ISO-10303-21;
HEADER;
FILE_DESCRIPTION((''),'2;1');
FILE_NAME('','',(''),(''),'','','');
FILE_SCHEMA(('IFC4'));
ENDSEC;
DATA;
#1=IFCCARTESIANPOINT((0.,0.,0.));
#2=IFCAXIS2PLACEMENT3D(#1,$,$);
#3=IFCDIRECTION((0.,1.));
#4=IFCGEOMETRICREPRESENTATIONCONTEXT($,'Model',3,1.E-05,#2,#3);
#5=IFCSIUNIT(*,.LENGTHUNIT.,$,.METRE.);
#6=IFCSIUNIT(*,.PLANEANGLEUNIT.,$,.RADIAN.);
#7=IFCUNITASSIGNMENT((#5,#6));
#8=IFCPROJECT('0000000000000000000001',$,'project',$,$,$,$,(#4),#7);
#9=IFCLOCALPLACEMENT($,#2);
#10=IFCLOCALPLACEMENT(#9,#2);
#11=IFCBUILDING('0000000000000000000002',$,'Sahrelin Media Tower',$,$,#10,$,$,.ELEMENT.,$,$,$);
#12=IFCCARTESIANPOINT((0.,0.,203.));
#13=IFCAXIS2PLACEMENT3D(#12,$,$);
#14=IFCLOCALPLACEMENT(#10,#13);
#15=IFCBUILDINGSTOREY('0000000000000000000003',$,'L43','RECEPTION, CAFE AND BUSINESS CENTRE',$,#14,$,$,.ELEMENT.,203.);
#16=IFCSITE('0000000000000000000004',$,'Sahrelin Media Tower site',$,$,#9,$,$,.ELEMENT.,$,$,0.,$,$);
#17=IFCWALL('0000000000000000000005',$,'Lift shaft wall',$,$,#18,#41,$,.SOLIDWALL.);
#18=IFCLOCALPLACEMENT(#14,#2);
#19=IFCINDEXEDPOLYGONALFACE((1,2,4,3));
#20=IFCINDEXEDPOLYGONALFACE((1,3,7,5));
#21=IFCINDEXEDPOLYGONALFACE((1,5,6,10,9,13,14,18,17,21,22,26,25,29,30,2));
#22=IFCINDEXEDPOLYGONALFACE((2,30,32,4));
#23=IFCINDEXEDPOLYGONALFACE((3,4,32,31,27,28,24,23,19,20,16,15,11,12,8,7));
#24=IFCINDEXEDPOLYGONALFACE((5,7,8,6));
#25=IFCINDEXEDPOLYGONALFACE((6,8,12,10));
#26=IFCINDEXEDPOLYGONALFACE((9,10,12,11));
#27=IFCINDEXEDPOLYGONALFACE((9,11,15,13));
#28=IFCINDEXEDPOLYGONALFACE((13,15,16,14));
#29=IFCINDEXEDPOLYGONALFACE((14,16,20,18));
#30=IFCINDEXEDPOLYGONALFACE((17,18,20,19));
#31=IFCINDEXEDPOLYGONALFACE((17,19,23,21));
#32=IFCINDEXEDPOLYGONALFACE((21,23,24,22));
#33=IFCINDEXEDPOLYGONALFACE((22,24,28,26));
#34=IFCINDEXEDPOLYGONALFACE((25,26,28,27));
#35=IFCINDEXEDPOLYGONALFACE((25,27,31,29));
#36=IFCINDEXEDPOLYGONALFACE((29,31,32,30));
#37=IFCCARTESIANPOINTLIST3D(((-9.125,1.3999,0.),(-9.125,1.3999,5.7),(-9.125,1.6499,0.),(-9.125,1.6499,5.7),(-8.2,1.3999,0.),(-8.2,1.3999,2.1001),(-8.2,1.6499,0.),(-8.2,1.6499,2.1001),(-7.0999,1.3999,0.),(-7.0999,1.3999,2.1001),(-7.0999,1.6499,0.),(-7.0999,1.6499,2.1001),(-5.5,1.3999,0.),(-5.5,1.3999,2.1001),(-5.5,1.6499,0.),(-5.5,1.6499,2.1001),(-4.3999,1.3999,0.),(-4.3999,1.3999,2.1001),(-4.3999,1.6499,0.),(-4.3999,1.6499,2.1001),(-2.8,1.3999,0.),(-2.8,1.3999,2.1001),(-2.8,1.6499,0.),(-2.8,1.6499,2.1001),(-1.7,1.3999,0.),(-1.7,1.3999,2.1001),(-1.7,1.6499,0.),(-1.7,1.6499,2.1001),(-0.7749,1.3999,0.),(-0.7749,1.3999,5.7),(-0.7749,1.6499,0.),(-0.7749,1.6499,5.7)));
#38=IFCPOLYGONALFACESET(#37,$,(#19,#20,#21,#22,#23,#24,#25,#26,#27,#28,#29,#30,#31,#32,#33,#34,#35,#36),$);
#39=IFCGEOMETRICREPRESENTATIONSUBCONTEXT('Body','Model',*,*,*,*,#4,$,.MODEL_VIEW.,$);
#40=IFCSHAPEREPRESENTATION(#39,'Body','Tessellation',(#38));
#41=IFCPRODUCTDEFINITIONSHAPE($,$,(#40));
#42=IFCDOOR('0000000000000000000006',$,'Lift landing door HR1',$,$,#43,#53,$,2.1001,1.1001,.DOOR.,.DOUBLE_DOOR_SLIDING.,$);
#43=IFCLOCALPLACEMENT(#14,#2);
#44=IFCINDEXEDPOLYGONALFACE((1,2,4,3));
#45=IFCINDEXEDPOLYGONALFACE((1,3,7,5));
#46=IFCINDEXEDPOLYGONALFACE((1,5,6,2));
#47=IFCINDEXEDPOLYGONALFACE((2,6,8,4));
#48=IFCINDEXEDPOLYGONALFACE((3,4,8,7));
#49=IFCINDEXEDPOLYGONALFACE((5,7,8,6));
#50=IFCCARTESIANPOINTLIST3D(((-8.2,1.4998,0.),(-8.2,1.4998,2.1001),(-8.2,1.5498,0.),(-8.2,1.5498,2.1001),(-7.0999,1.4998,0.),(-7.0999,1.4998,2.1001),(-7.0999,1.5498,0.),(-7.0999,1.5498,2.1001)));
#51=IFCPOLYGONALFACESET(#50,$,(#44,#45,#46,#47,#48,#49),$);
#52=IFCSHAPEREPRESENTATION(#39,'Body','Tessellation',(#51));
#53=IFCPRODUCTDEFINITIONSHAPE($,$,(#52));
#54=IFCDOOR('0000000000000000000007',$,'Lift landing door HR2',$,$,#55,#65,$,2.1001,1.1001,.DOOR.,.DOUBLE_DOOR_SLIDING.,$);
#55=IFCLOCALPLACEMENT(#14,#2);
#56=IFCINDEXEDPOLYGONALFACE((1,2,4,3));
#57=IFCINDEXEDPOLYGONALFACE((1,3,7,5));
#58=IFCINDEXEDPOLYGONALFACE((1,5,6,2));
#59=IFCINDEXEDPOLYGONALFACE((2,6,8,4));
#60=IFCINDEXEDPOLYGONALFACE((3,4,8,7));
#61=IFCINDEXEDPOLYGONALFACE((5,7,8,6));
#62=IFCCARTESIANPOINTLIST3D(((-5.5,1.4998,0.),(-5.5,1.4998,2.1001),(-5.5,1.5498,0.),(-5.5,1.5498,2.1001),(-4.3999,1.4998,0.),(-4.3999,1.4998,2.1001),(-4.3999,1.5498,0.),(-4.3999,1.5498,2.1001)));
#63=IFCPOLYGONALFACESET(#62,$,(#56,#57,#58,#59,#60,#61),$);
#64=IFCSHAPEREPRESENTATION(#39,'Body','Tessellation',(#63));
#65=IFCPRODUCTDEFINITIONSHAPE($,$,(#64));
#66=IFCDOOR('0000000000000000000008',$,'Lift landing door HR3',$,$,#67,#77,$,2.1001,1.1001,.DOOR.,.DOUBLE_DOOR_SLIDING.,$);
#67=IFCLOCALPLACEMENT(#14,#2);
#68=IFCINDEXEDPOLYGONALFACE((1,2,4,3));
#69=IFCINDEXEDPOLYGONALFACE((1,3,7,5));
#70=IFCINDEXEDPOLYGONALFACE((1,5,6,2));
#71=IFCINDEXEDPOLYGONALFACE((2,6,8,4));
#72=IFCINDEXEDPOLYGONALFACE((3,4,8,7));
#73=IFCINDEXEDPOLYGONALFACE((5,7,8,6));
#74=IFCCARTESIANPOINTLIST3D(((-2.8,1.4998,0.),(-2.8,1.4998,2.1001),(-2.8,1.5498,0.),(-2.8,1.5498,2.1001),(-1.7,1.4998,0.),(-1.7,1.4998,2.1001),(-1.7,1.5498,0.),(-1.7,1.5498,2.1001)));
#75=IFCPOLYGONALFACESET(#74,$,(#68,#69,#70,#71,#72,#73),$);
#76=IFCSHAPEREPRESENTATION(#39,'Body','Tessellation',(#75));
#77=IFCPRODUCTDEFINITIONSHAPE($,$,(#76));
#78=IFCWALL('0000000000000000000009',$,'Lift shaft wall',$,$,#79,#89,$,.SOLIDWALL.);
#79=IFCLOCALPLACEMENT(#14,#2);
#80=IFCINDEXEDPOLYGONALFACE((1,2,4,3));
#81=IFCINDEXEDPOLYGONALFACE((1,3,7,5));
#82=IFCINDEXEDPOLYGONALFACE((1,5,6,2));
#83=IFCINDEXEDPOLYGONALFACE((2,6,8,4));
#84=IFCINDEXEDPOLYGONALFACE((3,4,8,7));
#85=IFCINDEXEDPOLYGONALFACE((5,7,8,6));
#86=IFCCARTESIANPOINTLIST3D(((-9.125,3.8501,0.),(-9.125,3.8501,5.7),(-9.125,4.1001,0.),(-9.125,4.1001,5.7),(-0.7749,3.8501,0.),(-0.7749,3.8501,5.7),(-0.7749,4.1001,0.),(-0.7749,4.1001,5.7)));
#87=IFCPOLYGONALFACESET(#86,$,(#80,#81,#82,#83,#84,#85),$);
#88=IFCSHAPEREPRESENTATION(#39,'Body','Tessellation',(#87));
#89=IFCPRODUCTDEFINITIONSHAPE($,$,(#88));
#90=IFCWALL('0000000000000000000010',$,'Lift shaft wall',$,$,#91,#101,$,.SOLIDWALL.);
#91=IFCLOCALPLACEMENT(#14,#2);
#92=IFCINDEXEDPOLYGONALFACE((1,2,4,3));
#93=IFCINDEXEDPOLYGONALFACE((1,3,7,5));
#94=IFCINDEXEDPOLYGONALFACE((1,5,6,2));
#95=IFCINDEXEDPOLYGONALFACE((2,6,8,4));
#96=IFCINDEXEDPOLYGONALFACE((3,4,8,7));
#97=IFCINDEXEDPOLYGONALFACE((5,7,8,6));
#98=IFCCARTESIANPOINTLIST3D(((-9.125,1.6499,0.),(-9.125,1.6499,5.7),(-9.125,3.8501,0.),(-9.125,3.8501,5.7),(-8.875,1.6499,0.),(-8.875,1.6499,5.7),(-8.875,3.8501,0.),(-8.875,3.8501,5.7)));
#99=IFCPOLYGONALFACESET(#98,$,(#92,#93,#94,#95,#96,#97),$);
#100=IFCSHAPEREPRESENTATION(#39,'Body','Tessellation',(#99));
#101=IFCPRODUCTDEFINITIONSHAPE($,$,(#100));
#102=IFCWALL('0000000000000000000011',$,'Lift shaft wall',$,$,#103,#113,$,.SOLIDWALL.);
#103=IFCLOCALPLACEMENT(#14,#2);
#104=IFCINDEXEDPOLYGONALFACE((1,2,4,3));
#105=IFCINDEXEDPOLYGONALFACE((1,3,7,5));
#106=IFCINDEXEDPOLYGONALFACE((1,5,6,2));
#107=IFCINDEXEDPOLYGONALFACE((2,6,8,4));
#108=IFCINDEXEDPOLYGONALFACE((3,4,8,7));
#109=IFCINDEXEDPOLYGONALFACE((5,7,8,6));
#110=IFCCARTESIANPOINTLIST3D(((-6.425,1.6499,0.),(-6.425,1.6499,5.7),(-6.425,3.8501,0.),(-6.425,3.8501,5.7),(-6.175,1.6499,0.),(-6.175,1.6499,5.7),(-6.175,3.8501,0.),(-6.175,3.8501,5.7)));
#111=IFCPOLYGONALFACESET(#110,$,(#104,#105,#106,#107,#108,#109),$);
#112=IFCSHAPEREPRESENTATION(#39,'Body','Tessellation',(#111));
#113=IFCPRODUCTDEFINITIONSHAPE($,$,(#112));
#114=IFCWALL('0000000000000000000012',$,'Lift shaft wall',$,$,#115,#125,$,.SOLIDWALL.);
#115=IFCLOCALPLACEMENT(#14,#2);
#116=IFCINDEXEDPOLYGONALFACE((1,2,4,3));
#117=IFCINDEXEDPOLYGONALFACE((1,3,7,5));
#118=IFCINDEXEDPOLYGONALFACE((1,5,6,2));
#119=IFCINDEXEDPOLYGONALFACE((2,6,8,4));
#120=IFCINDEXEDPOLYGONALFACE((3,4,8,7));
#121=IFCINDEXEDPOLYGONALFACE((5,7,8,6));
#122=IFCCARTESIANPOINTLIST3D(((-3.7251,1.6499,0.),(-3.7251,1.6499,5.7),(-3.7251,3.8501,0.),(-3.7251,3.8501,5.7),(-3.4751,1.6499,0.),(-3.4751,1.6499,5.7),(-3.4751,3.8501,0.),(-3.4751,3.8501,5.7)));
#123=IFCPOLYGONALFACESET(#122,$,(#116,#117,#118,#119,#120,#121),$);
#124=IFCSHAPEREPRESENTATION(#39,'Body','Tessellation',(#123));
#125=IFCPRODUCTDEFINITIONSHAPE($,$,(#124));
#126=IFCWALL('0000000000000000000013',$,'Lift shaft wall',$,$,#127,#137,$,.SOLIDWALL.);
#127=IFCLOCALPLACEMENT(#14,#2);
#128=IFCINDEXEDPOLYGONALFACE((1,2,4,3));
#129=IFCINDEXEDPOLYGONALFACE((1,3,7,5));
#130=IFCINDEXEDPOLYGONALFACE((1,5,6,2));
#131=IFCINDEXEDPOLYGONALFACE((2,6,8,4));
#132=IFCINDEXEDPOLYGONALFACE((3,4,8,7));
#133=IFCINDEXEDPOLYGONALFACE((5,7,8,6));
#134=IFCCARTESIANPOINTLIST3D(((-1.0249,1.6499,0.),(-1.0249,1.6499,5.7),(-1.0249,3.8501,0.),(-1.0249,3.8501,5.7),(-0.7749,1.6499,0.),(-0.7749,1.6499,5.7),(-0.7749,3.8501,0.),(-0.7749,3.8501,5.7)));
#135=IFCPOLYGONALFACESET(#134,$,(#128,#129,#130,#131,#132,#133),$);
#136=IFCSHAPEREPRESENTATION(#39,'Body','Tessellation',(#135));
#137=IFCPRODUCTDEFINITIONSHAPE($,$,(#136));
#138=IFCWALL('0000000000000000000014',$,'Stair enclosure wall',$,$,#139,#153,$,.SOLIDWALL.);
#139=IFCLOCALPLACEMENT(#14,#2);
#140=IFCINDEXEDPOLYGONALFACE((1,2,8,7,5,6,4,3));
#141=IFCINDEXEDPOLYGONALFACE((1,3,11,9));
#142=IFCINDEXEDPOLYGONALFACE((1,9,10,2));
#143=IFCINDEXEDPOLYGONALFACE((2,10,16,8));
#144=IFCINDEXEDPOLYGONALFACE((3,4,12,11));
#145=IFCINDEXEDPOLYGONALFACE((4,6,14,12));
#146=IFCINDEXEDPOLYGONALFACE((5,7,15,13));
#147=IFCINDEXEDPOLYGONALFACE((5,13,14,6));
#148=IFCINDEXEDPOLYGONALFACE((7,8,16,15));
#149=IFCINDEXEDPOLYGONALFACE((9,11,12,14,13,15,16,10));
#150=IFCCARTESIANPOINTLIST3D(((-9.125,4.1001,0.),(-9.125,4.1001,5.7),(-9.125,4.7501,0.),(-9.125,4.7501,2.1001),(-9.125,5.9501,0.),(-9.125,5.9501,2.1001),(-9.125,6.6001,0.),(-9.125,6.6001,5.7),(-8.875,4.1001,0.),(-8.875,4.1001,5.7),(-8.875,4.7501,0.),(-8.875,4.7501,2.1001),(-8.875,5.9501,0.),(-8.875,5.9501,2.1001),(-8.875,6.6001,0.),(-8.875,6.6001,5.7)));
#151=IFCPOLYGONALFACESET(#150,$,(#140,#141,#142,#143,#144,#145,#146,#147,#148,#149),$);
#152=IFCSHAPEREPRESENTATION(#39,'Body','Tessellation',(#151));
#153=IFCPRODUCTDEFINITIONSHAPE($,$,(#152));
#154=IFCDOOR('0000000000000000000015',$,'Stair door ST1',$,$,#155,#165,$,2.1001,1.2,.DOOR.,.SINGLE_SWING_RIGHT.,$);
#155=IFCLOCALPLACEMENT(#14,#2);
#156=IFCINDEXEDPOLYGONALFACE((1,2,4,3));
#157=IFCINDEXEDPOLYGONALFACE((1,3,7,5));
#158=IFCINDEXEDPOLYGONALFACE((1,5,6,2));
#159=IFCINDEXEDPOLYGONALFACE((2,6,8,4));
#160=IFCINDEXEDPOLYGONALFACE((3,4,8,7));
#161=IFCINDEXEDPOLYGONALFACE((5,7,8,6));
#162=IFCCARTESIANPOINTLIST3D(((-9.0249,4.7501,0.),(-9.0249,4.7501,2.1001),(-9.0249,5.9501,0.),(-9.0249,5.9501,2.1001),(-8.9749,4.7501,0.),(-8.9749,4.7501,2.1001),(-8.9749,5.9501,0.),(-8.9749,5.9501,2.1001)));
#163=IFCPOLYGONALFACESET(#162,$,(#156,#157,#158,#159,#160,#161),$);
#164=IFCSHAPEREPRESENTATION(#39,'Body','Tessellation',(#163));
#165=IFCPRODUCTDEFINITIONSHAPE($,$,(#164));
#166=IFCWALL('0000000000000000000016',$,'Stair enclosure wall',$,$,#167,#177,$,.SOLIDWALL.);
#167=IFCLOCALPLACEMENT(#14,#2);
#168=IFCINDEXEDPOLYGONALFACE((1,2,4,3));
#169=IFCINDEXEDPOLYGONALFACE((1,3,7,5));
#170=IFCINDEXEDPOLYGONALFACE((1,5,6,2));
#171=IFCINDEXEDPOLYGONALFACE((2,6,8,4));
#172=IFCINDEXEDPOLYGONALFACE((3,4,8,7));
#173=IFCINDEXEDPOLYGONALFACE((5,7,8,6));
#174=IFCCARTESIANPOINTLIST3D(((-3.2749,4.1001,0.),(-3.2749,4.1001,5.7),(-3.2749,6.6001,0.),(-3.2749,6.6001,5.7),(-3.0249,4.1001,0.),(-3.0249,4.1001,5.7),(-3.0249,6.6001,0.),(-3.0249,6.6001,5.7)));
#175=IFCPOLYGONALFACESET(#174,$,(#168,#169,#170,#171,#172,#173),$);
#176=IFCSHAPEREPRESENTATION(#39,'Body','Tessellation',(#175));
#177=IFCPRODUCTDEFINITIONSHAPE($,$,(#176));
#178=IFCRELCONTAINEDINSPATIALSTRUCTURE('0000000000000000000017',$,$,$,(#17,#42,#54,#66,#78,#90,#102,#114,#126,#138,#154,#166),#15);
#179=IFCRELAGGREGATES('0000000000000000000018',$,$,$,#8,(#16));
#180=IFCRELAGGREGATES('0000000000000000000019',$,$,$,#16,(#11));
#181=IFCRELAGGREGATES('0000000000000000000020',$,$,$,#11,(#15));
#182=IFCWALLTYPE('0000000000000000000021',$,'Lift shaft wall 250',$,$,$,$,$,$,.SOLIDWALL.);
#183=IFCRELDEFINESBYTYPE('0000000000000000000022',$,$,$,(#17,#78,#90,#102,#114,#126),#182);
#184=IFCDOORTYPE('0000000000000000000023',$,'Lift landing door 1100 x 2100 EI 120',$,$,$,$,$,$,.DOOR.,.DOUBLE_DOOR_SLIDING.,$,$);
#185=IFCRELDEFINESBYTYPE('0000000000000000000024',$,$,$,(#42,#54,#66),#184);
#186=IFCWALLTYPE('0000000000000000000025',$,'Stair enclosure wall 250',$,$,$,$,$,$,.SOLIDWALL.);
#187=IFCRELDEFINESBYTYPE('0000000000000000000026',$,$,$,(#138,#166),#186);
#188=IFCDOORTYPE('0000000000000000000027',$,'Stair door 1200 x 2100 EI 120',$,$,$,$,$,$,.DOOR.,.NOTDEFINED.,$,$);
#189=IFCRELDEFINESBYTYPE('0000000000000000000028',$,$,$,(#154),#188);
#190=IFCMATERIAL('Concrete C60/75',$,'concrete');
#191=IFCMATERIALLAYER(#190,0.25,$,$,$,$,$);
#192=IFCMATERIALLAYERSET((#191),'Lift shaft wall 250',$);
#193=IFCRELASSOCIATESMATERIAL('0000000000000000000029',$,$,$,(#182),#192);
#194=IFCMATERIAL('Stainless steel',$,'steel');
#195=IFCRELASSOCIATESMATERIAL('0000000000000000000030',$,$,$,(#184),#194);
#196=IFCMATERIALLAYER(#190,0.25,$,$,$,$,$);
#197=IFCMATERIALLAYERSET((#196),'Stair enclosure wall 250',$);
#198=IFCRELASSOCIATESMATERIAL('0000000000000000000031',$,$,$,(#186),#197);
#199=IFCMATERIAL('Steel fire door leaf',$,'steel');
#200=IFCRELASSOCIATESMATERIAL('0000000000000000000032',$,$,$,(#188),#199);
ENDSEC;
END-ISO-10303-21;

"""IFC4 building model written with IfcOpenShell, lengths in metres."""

from ifc_helpers import new_model, si_unit, direction, frame, frame_2d, origin, place, context, subcontext, project, spatial, rectangle, extrude, material, layer, layer_set, type_object, element, fill, save


model = new_model("IFC4")

# Units and contexts
model_context = context("Model", 3, precision=1e-05, world=origin(), true_north=direction((0.0, 1.0)))
body_context = subcontext(model_context, "Body", "Model", "MODEL_VIEW")
ifc_project = project(units=[si_unit("LENGTHUNIT", "METRE"), si_unit("PLANEANGLEUNIT", "RADIAN")], contexts=[model_context])

# Site, building, storey
site_placement = place(None, origin())
site = spatial("IfcSite", under=ifc_project, at=site_placement, Name="Sahrelin Media Tower site", CompositionType="ELEMENT", RefElevation=0.0)
building_placement = place(site_placement, origin())
building = spatial("IfcBuilding", under=site, at=building_placement, Name="Sahrelin Media Tower", CompositionType="ELEMENT")
storey_placement = place(building_placement, frame((0.0, 0.0, 203.0)))
storey = spatial("IfcBuildingStorey", under=building, at=storey_placement, Name="L43", Description="RECEPTION, CAFE AND BUSINESS CENTRE", CompositionType="ELEMENT", Elevation=203.0)

# Shared definitions
ifc_material_1 = material(Name="Concrete C60/75", Category="concrete")

# Shared definitions
ifc_material_2 = material(Name="Steel fire door leaf", Category="steel")

# Wall, openings, doors
ifc_layer_1 = layer(ifc_material_1, 0.25)
ifc_layer_set_1 = layer_set([ifc_layer_1], Name="Lift shaft wall 250")
wall_type_1 = type_object("IfcWallType", Name="Lift shaft wall 250", PredefinedType="SOLIDWALL", material=ifc_layer_set_1)
wall_1_placement = place(storey_placement, frame((-9.125, 1.5249, 0.0), z_axis=(0.0, 0.0, 1.0), x_axis=(1.0, 0.0, 0.0)))
wall_1 = element("IfcWall", 1, at=wall_1_placement, inside=storey, type_object=wall_type_1, Name="Lift shaft wall", PredefinedType="SOLIDWALL", context=body_context, shape_type="SweptSolid", body=[
    extrude(rectangle(XDim=8.3501, YDim=0.25, at=frame_2d((4.175, 0.0))), origin(), (0.0, 0.0, 1.0), 5.7),
])
opening_1_placement = place(wall_1_placement, frame((0.925, 0.0, 0.0)))
opening_1 = element("IfcOpeningElement", 2, at=opening_1_placement, cuts=wall_1, PredefinedType="OPENING", context=body_context, shape_type="SweptSolid", body=[
    extrude(rectangle(XDim=1.1001, YDim=2.1001, at=frame_2d((0.55, 1.05))), frame((0.0, 0.125, 0.0), z_axis=(0.0, -1.0, 0.0), x_axis=(1.0, 0.0, 0.0)), (0.0, 0.0, 1.0), 0.25),
])
opening_2_placement = place(wall_1_placement, frame((3.625, 0.0, 0.0)))
opening_2 = element("IfcOpeningElement", 3, at=opening_2_placement, cuts=wall_1, PredefinedType="OPENING", context=body_context, shape_type="SweptSolid", body=[
    extrude(rectangle(XDim=1.1001, YDim=2.1001, at=frame_2d((0.55, 1.05))), frame((0.0, 0.125, 0.0), z_axis=(0.0, -1.0, 0.0), x_axis=(1.0, 0.0, 0.0)), (0.0, 0.0, 1.0), 0.25),
])
opening_3_placement = place(wall_1_placement, frame((6.325, 0.0, 0.0)))
opening_3 = element("IfcOpeningElement", 4, at=opening_3_placement, cuts=wall_1, PredefinedType="OPENING", context=body_context, shape_type="SweptSolid", body=[
    extrude(rectangle(XDim=1.1001, YDim=2.1001, at=frame_2d((0.55, 1.05))), frame((0.0, 0.125, 0.0), z_axis=(0.0, -1.0, 0.0), x_axis=(1.0, 0.0, 0.0)), (0.0, 0.0, 1.0), 0.25),
])
ifc_material_3 = material(Name="Stainless steel", Category="steel")
door_type_1 = type_object("IfcDoorType", Name="Lift landing door 1100 x 2100 EI 120", OperationType="DOUBLE_DOOR_SLIDING", PredefinedType="DOOR", material=ifc_material_3)
door_1_placement = place(opening_1_placement, origin())
door_1 = element("IfcDoor", 5, at=door_1_placement, inside=storey, type_object=door_type_1, Name="Lift landing door HR1", OperationType="DOUBLE_DOOR_SLIDING", OverallHeight=2.1001, OverallWidth=1.1001, PredefinedType="DOOR", context=body_context, shape_type="SweptSolid", body=[
    extrude(rectangle(XDim=1.1001, YDim=2.1001, at=frame_2d((0.55, 1.05))), frame((0.0, 0.0249, 0.0), z_axis=(0.0, -1.0, 0.0), x_axis=(1.0, 0.0, 0.0)), (0.0, 0.0, 1.0), 0.05),
])
fill(opening_1, door_1)
door_2_placement = place(opening_2_placement, origin())
door_2 = element("IfcDoor", 6, at=door_2_placement, inside=storey, type_object=door_type_1, Name="Lift landing door HR2", OperationType="DOUBLE_DOOR_SLIDING", OverallHeight=2.1001, OverallWidth=1.1001, PredefinedType="DOOR", context=body_context, shape_type="SweptSolid", body=[
    extrude(rectangle(XDim=1.1001, YDim=2.1001, at=frame_2d((0.55, 1.05))), frame((0.0, 0.0249, 0.0), z_axis=(0.0, -1.0, 0.0), x_axis=(1.0, 0.0, 0.0)), (0.0, 0.0, 1.0), 0.05),
])
fill(opening_2, door_2)
door_3_placement = place(opening_3_placement, origin())
door_3 = element("IfcDoor", 7, at=door_3_placement, inside=storey, type_object=door_type_1, Name="Lift landing door HR3", OperationType="DOUBLE_DOOR_SLIDING", OverallHeight=2.1001, OverallWidth=1.1001, PredefinedType="DOOR", context=body_context, shape_type="SweptSolid", body=[
    extrude(rectangle(XDim=1.1001, YDim=2.1001, at=frame_2d((0.55, 1.05))), frame((0.0, 0.0249, 0.0), z_axis=(0.0, -1.0, 0.0), x_axis=(1.0, 0.0, 0.0)), (0.0, 0.0, 1.0), 0.05),
])
fill(opening_3, door_3)

# Walls
wall_2_placement = place(storey_placement, frame((-9.125, 3.9751, 0.0), z_axis=(0.0, 0.0, 1.0), x_axis=(1.0, 0.0, 0.0)))
element("IfcWall", 8, at=wall_2_placement, inside=storey, type_object=wall_type_1, Name="Lift shaft wall", PredefinedType="SOLIDWALL", context=body_context, shape_type="SweptSolid", body=[
    extrude(rectangle(XDim=8.3501, YDim=0.25, at=frame_2d((4.175, 0.0))), origin(), (0.0, 0.0, 1.0), 5.7),
])
for number, where, z_axis, x_axis, name in (
    (9, (-9.0, 1.6499, 0.0), (0.0, 0.0, 1.0), (0.0, 1.0, 0.0), "Lift shaft wall"),
    (10, (-6.3, 1.6499, 0.0), (0.0, 0.0, 1.0), (0.0, 1.0, 0.0), "Lift shaft wall"),
    (11, (-3.6001, 1.6499, 0.0), (0.0, 0.0, 1.0), (0.0, 1.0, 0.0), "Lift shaft wall"),
    (12, (-0.8999, 1.6499, 0.0), (0.0, 0.0, 1.0), (0.0, 1.0, 0.0), "Lift shaft wall"),
):
    element("IfcWall", number, at=place(storey_placement, frame(where, z_axis=z_axis, x_axis=x_axis)), inside=storey, type_object=wall_type_1, Name=name, PredefinedType="SOLIDWALL", context=body_context, shape_type="SweptSolid", body=[
        extrude(rectangle(XDim=2.2002, YDim=0.25, at=frame_2d((1.1001, 0.0))), origin(), (0.0, 0.0, 1.0), 5.7),
    ])

# Wall, opening, door
ifc_layer_2 = layer(ifc_material_1, 0.25)
ifc_layer_set_2 = layer_set([ifc_layer_2], Name="Stair enclosure wall 250")
wall_type_2 = type_object("IfcWallType", Name="Stair enclosure wall 250", PredefinedType="SOLIDWALL", material=ifc_layer_set_2)
wall_3_placement = place(storey_placement, frame((-9.0, 4.1001, 0.0), z_axis=(0.0, 0.0, 1.0), x_axis=(0.0, 1.0, 0.0)))
wall_3 = element("IfcWall", 13, at=wall_3_placement, inside=storey, type_object=wall_type_2, Name="Stair enclosure wall", PredefinedType="SOLIDWALL", context=body_context, shape_type="SweptSolid", body=[
    extrude(rectangle(XDim=2.5, YDim=0.25, at=frame_2d((1.25, 0.0))), origin(), (0.0, 0.0, 1.0), 5.7),
])
opening_4_placement = place(wall_3_placement, frame((0.6499, 0.0, 0.0)))
opening_4 = element("IfcOpeningElement", 14, at=opening_4_placement, cuts=wall_3, PredefinedType="OPENING", context=body_context, shape_type="SweptSolid", body=[
    extrude(rectangle(XDim=1.2, YDim=2.1001, at=frame_2d((0.6001, 1.05))), frame((0.0, 0.125, 0.0), z_axis=(0.0, -1.0, 0.0), x_axis=(1.0, 0.0, 0.0)), (0.0, 0.0, 1.0), 0.25),
])
door_type_2 = type_object("IfcDoorType", Name="Stair door 1200 x 2100 EI 120", OperationType="NOTDEFINED", PredefinedType="DOOR", material=ifc_material_2)
door_4_placement = place(opening_4_placement, origin())
door_4 = element("IfcDoor", 15, at=door_4_placement, inside=storey, type_object=door_type_2, Name="Stair door ST1", OperationType="SINGLE_SWING_RIGHT", OverallHeight=2.1001, OverallWidth=1.2, PredefinedType="DOOR", context=body_context, shape_type="SweptSolid", body=[
    extrude(rectangle(XDim=1.2, YDim=2.1001, at=frame_2d((0.6001, 1.05))), frame((0.0, 0.0249, 0.0), z_axis=(0.0, -1.0, 0.0), x_axis=(1.0, 0.0, 0.0)), (0.0, 0.0, 1.0), 0.05),
])
fill(opening_4, door_4)

# Wall
wall_4_placement = place(storey_placement, frame((-3.1499, 4.1001, 0.0), z_axis=(0.0, 0.0, 1.0), x_axis=(0.0, 1.0, 0.0)))
element("IfcWall", 16, at=wall_4_placement, inside=storey, type_object=wall_type_2, Name="Stair enclosure wall", PredefinedType="SOLIDWALL", context=body_context, shape_type="SweptSolid", body=[
    extrude(rectangle(XDim=2.5, YDim=0.25, at=frame_2d((1.25, 0.0))), origin(), (0.0, 0.0, 1.0), 5.7),
])

save(model, "model.ifc")
